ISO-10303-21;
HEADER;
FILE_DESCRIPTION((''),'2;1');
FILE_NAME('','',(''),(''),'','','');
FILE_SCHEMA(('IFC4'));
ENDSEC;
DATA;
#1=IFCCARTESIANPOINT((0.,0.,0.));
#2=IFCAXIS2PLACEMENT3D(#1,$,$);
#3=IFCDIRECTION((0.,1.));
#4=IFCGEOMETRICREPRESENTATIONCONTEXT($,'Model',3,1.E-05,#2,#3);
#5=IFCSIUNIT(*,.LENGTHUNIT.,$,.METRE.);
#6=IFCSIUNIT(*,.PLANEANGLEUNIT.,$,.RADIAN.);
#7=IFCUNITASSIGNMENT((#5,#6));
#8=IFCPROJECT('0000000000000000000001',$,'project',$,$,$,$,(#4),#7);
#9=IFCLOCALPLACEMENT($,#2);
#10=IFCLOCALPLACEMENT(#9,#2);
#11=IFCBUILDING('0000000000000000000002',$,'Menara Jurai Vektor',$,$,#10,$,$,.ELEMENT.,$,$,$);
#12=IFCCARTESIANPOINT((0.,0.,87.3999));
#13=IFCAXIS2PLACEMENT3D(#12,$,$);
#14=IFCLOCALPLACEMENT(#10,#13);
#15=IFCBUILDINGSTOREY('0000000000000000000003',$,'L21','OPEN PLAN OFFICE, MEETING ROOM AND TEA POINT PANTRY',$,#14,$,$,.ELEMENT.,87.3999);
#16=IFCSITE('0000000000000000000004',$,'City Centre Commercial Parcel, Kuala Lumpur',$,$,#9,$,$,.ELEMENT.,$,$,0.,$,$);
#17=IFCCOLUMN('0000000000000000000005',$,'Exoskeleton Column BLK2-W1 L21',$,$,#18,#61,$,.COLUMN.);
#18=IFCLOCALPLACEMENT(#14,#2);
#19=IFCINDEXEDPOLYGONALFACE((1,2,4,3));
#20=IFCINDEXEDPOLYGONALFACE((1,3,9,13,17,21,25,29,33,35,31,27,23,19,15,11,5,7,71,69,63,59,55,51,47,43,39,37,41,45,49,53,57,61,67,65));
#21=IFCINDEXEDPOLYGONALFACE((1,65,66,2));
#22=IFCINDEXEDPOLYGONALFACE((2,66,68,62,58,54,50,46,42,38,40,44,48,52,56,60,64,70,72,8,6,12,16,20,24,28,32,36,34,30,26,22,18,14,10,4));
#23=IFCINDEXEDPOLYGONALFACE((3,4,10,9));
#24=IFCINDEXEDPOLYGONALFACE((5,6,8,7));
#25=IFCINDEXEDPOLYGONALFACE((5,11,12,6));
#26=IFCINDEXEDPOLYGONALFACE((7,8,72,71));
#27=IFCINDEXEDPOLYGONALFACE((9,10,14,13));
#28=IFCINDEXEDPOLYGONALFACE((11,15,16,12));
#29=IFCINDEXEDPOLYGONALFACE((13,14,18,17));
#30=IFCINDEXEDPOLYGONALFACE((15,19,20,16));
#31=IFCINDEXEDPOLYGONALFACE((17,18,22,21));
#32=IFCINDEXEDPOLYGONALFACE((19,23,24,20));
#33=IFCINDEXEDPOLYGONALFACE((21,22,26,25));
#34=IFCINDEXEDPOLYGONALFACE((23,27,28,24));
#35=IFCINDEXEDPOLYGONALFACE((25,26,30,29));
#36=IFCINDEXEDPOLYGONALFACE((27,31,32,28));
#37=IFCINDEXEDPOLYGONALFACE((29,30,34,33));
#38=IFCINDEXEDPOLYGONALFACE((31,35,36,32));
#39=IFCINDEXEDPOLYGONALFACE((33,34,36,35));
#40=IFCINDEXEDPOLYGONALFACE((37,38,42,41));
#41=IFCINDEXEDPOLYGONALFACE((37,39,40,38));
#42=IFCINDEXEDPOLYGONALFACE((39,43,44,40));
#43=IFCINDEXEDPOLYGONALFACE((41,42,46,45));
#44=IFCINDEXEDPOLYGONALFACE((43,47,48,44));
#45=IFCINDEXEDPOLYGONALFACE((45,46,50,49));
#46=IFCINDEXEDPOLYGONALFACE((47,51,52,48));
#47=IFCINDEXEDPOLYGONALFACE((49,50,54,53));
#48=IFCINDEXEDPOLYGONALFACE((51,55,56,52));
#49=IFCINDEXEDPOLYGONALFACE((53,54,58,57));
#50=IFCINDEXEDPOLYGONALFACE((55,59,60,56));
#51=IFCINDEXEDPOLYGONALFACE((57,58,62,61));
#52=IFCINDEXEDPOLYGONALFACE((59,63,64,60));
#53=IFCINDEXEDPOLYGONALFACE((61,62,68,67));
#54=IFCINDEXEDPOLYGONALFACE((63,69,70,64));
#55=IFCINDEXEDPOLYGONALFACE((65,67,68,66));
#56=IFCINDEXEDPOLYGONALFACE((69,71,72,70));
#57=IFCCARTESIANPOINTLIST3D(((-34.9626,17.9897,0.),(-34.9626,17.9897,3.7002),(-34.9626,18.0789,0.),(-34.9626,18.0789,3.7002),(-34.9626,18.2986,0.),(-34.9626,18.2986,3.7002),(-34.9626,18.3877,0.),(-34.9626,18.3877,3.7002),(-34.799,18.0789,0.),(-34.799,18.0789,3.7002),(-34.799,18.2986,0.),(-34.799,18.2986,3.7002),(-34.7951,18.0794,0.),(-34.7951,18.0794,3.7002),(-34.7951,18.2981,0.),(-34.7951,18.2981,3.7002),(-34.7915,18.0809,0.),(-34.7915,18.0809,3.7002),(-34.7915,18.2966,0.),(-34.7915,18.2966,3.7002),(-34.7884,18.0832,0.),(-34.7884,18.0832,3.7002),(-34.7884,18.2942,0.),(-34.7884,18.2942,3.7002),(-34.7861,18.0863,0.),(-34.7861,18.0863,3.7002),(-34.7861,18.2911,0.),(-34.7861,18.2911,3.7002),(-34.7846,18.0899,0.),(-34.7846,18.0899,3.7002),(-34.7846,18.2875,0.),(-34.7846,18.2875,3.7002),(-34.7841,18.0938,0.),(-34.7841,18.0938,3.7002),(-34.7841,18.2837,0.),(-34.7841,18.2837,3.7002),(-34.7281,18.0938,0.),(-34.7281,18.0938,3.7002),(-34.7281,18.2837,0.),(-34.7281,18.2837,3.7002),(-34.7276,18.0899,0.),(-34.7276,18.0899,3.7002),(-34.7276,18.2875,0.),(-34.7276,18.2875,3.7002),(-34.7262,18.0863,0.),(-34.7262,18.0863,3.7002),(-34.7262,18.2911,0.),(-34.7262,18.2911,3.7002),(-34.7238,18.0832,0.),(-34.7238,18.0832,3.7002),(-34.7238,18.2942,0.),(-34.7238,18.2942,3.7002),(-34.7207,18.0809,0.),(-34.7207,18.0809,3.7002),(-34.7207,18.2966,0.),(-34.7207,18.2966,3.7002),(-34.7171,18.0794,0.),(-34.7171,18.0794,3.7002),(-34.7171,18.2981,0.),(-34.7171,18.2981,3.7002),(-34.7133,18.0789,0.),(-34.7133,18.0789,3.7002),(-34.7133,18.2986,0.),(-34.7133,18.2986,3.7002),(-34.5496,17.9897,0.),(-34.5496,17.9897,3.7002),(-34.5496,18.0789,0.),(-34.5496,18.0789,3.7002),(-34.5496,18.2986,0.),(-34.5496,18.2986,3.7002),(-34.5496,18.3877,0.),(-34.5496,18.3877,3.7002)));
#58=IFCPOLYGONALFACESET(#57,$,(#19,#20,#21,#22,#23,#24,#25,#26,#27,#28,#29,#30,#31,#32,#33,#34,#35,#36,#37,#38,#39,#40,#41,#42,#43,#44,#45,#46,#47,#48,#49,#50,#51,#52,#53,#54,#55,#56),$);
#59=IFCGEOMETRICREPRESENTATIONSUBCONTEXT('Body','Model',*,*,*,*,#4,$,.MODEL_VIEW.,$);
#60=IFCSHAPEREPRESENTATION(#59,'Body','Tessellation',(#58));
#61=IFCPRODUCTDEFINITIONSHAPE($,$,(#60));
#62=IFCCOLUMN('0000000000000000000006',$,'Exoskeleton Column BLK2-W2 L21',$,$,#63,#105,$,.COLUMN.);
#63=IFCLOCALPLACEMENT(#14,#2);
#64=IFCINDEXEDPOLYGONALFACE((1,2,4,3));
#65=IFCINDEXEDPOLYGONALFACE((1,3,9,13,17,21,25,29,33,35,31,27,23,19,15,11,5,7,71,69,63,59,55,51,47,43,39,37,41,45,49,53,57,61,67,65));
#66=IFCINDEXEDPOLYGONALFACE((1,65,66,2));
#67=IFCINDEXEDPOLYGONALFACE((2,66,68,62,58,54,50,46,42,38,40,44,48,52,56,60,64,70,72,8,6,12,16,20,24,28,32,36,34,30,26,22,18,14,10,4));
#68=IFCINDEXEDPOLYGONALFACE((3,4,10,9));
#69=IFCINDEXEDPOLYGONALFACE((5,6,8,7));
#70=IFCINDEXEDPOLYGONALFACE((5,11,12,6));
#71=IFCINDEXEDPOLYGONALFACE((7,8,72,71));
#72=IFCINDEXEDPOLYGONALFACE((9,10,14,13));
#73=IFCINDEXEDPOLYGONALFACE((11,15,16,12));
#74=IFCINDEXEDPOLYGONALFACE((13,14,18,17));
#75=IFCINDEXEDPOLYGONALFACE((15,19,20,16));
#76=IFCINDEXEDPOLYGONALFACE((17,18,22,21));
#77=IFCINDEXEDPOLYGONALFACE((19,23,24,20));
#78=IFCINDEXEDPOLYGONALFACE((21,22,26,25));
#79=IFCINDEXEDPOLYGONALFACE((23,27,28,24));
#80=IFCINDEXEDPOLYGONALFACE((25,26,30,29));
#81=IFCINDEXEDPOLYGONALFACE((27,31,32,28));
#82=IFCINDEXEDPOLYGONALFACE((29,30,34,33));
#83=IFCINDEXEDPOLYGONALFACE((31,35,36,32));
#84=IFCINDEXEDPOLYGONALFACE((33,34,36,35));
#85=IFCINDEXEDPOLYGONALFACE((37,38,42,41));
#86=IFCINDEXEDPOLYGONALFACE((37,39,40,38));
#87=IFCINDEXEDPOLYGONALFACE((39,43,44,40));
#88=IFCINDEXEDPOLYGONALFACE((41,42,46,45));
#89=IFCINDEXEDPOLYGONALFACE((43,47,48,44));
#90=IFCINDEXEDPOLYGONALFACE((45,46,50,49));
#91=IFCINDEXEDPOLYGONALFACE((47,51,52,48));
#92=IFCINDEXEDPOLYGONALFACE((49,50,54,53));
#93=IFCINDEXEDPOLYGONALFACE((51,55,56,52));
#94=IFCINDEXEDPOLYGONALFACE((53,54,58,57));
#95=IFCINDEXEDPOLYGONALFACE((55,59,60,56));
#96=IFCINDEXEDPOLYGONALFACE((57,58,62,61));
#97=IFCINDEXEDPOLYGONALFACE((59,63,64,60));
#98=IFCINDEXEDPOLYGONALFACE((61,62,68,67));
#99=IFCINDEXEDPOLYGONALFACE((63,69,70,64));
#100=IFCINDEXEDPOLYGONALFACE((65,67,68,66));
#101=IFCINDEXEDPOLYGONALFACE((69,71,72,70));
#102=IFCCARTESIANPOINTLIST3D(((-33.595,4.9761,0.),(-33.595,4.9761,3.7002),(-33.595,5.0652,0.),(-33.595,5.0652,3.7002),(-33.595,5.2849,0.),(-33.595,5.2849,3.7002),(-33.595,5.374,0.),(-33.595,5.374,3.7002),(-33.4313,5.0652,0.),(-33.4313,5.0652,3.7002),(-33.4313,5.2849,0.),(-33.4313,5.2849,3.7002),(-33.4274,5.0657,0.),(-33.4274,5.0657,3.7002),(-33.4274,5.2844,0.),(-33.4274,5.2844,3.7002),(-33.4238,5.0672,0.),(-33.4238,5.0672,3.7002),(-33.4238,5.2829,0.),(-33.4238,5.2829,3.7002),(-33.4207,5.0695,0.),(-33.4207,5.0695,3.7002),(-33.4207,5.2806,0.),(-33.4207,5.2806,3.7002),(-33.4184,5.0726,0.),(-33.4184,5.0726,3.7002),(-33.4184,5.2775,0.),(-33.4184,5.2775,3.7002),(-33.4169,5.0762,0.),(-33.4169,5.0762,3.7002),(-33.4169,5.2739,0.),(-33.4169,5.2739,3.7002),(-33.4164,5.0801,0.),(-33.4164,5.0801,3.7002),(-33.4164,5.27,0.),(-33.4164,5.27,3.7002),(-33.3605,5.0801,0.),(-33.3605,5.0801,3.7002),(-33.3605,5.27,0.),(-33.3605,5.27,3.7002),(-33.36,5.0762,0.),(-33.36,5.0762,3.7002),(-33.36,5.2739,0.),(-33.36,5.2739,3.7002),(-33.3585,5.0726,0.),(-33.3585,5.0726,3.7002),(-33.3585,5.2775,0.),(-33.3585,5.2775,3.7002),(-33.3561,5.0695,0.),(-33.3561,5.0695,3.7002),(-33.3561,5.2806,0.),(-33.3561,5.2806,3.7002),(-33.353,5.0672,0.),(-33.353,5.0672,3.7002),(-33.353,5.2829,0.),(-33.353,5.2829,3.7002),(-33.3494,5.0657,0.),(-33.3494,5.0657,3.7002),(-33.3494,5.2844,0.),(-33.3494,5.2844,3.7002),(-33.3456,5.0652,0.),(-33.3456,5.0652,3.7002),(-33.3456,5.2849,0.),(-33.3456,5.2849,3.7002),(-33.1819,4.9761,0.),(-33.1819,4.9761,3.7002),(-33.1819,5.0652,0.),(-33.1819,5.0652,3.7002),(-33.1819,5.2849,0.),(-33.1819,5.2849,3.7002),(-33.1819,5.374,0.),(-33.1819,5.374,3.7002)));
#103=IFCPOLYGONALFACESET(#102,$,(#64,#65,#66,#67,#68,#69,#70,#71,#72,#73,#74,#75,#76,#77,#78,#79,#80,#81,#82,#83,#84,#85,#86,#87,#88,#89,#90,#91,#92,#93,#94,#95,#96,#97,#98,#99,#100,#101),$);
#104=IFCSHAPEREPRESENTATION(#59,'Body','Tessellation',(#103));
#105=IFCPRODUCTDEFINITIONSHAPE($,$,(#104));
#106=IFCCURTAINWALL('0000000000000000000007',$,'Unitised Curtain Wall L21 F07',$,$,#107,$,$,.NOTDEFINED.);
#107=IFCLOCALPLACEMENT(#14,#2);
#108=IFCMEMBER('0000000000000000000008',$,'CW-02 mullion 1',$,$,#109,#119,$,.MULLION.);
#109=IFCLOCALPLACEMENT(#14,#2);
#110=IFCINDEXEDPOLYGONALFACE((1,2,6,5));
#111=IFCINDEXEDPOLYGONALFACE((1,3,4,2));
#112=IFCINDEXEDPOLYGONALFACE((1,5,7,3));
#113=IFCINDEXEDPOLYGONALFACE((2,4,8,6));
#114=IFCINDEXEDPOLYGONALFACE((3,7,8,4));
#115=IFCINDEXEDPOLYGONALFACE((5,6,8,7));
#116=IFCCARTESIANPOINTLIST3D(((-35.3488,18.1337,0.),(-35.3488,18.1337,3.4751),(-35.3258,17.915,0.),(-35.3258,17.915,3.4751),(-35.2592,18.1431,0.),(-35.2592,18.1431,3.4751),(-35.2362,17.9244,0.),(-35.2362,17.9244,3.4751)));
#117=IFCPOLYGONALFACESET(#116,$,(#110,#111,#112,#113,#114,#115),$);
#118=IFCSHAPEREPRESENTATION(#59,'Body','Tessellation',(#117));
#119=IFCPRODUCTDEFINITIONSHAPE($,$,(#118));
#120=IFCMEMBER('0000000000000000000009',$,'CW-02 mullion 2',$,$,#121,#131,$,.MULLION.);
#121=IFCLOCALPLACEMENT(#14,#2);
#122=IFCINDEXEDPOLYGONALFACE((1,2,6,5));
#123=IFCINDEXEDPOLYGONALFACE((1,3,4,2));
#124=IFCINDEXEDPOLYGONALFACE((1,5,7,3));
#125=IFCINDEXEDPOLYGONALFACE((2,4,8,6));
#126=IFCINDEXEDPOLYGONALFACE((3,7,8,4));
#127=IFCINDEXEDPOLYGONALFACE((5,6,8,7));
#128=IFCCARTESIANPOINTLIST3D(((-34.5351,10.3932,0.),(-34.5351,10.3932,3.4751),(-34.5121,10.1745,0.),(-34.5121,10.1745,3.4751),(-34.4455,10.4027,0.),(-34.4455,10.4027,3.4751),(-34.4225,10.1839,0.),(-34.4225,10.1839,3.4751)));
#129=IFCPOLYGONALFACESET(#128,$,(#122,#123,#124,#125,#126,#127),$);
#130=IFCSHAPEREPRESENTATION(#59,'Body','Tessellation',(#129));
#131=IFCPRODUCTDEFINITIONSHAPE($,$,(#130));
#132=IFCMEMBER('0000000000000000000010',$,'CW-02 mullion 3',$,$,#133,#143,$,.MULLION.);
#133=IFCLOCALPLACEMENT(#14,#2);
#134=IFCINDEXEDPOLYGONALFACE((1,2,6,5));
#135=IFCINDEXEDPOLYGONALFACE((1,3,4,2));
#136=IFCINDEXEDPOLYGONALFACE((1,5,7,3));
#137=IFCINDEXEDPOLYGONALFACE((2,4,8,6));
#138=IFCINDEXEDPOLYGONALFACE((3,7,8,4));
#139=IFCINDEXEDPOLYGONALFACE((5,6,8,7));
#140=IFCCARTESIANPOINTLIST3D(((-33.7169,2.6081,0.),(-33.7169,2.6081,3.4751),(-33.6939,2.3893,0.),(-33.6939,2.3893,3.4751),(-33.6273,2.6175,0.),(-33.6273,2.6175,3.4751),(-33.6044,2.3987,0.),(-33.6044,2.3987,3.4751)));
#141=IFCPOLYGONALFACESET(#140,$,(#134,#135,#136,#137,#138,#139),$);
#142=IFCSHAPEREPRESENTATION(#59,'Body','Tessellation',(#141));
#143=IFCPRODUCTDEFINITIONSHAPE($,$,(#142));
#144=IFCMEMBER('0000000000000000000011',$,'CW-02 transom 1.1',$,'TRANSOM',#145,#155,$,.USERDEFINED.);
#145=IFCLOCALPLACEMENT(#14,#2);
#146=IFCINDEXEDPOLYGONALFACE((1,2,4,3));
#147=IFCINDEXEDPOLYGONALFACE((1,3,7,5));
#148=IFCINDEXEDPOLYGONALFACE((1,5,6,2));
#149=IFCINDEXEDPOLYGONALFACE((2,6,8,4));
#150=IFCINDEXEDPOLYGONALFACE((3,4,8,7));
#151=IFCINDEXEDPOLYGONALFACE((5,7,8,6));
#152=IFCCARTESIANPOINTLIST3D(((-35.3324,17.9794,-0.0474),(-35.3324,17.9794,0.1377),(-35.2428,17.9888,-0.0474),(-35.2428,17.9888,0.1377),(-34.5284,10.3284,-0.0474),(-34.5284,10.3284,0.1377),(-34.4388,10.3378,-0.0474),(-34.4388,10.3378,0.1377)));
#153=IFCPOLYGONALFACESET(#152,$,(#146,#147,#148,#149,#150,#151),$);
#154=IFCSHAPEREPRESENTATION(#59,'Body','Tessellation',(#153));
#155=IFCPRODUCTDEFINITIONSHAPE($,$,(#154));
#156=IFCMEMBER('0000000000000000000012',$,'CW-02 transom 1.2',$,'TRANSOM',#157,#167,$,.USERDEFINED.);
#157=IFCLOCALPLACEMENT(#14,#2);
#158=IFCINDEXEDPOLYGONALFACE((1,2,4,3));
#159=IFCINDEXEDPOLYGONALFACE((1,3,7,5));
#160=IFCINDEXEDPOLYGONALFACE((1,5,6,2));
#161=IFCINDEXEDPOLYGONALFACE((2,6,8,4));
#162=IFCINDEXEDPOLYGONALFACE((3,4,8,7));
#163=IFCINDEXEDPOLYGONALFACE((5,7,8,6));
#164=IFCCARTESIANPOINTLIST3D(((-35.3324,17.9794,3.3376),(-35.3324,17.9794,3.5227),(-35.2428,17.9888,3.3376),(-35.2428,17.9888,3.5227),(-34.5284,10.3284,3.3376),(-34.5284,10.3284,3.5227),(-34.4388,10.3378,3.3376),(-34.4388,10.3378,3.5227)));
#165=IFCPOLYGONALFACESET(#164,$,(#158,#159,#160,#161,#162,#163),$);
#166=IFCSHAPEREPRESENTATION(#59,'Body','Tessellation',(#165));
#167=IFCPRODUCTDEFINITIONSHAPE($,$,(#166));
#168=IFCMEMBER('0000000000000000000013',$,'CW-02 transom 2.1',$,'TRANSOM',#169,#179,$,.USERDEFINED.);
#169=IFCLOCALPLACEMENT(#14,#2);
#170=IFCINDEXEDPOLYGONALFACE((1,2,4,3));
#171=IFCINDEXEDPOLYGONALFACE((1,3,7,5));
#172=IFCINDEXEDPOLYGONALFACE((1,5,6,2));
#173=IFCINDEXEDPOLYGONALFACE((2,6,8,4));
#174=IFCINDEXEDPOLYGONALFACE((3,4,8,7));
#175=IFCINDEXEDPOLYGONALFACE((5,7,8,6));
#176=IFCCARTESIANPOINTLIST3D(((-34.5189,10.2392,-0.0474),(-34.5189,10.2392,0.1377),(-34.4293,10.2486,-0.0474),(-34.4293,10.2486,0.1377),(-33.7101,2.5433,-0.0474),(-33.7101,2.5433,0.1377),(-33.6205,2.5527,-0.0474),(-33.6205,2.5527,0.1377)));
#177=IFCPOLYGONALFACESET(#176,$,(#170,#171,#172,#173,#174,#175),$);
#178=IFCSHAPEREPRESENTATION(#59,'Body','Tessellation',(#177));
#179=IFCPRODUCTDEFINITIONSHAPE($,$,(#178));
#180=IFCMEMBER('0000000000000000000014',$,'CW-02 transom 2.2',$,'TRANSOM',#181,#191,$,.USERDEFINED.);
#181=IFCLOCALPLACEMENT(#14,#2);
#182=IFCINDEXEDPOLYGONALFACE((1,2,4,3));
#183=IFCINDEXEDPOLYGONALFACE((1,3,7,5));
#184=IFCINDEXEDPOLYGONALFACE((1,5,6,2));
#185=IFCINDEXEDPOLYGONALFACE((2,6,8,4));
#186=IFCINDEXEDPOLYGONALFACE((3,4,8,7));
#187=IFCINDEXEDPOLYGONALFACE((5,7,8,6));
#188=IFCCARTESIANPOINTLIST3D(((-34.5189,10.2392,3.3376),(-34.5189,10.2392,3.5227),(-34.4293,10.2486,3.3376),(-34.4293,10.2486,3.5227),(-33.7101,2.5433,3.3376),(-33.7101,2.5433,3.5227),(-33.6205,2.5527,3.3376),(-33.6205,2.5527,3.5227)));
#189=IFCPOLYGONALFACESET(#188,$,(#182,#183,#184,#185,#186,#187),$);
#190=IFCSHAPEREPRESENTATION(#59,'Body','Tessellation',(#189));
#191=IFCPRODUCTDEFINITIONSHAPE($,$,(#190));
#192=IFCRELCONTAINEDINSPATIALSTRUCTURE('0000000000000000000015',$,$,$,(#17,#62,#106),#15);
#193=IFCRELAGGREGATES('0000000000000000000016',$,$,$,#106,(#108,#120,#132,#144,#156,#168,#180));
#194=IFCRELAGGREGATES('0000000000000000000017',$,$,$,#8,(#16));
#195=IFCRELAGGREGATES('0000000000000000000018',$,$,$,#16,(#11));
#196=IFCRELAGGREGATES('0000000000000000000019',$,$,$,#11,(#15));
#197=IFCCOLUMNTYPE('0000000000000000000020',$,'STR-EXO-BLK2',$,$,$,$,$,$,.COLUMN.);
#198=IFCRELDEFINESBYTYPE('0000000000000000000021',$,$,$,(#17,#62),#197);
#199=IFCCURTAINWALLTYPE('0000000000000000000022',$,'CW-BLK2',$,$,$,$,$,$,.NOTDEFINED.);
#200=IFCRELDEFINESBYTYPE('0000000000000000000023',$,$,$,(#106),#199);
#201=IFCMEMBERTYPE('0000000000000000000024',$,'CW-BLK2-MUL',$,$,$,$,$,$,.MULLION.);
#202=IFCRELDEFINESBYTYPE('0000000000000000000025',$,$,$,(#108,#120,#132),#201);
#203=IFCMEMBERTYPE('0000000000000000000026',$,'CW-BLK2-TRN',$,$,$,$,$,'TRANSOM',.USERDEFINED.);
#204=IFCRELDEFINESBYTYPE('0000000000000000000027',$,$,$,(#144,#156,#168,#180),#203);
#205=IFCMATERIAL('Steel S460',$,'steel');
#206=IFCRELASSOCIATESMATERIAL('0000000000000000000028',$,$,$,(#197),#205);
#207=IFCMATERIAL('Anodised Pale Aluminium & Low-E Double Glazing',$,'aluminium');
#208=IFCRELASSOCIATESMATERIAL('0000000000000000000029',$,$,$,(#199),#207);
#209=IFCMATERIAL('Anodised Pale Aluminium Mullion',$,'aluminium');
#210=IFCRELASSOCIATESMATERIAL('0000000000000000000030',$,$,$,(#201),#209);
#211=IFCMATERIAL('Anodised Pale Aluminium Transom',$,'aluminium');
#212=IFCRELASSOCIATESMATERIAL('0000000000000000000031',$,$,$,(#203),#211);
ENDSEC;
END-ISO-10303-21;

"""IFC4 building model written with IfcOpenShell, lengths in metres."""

from ifc_helpers import new_model, si_unit, direction, frame, origin, origin_2d, place, context, subcontext, project, spatial, rectangle, i_section, extrude, material, material_profile, profile_set, type_object, element, aggregate, save


model = new_model("IFC4")

# Units and contexts
model_context = context("Model", 3, precision=1e-05, world=origin(), true_north=direction((0.0, 1.0)))
body_context = subcontext(model_context, "Body", "Model", "MODEL_VIEW")
ifc_project = project(units=[si_unit("LENGTHUNIT", "METRE"), si_unit("PLANEANGLEUNIT", "RADIAN")], contexts=[model_context])

# Site, building, storey
site_placement = place(None, origin())
site = spatial("IfcSite", under=ifc_project, at=site_placement, Name="City Centre Commercial Parcel, Kuala Lumpur", CompositionType="ELEMENT", RefElevation=0.0)
building_placement = place(site_placement, origin())
building = spatial("IfcBuilding", under=site, at=building_placement, Name="Menara Jurai Vektor", CompositionType="ELEMENT")
storey_placement = place(building_placement, frame((0.0, 0.0, 87.3999)))
storey = spatial("IfcBuildingStorey", under=building, at=storey_placement, Name="L21", Description="OPEN PLAN OFFICE, MEETING ROOM AND TEA POINT PANTRY", CompositionType="ELEMENT", Elevation=87.3999)

# Columns
ifc_material_1 = material(Name="Steel S460", Category="steel")
ifc_material_profile_1 = material_profile(ifc_material_1, i_section(OverallWidth=0.4131, OverallDepth=0.3979, WebThickness=0.0559, FlangeThickness=0.0891, FilletRadius=0.0149, at=origin_2d()), Name="HD 400x744")
ifc_profile_set_1 = profile_set([ifc_material_profile_1], Name="Steel S460")
column_type = type_object("IfcColumnType", Name="STR-EXO-BLK2", PredefinedType="COLUMN", material=ifc_profile_set_1)
for number, where, z_axis, x_axis, name in (
    (1, (-34.7561, 18.1887, 0.0), (0.0, 0.0, 1.0), (1.0, 0.0, 0.0), "Exoskeleton Column BLK2-W1 L21"),
    (2, (-33.3884, 5.175, 0.0), (0.0, 0.0, 1.0), (1.0, 0.0, 0.0), "Exoskeleton Column BLK2-W2 L21"),
):
    element("IfcColumn", number, at=place(storey_placement, frame(where, z_axis=z_axis, x_axis=x_axis)), inside=storey, type_object=column_type, Name=name, PredefinedType="COLUMN", context=body_context, shape_type="SweptSolid", body=[
        extrude(i_section(OverallWidth=0.4131, OverallDepth=0.3979, WebThickness=0.0559, FlangeThickness=0.0891, FilletRadius=0.0149, at=origin_2d()), origin(), (0.0, 0.0, 1.0), 3.7002),
    ])

# Curtain wall, members
ifc_material_2 = material(Name="Anodised Pale Aluminium & Low-E Double Glazing", Category="aluminium")
curtain_wall_type = type_object("IfcCurtainWallType", Name="CW-BLK2", PredefinedType="NOTDEFINED", material=ifc_material_2)
curtain_wall_placement = place(storey_placement, origin())
curtain_wall = element("IfcCurtainWall", 3, at=curtain_wall_placement, inside=storey, type_object=curtain_wall_type, Name="Unitised Curtain Wall L21 F07", PredefinedType="NOTDEFINED")
ifc_material_3 = material(Name="Anodised Pale Aluminium Mullion", Category="aluminium")
ifc_material_profile_2 = material_profile(ifc_material_3, rectangle(XDim=0.0901, YDim=0.22, at=origin_2d()), Name="ALU MUL 90x220")
ifc_profile_set_2 = profile_set([ifc_material_profile_2], Name="Anodised Pale Aluminium Mullion")
member_type_1 = type_object("IfcMemberType", Name="CW-BLK2-MUL", PredefinedType="MULLION", material=ifc_profile_set_2)
member_1_placement = place(storey_placement, frame((-35.2925, 18.0291, 0.0), z_axis=(0.0, 0.0, 1.0), x_axis=(0.994522, 0.10453, 0.0)))
member_1 = element("IfcMember", 4, at=member_1_placement, type_object=member_type_1, Name="CW-02 mullion 1", PredefinedType="MULLION", context=body_context, shape_type="SweptSolid", body=[
    extrude(rectangle(XDim=0.0901, YDim=0.22, at=origin_2d()), origin(), (0.0, 0.0, 1.0), 3.4751),
])
member_2_placement = place(storey_placement, frame((-34.4788, 10.2886, 0.0), z_axis=(0.0, 0.0, 1.0), x_axis=(0.994522, 0.10453, 0.0)))
member_2 = element("IfcMember", 5, at=member_2_placement, type_object=member_type_1, Name="CW-02 mullion 2", PredefinedType="MULLION", context=body_context, shape_type="SweptSolid", body=[
    extrude(rectangle(XDim=0.0901, YDim=0.22, at=origin_2d()), origin(), (0.0, 0.0, 1.0), 3.4751),
])
member_3_placement = place(storey_placement, frame((-33.6606, 2.5034, 0.0), z_axis=(0.0, 0.0, 1.0), x_axis=(0.994522, 0.10453, 0.0)))
member_3 = element("IfcMember", 6, at=member_3_placement, type_object=member_type_1, Name="CW-02 mullion 3", PredefinedType="MULLION", context=body_context, shape_type="SweptSolid", body=[
    extrude(rectangle(XDim=0.0901, YDim=0.22, at=origin_2d()), origin(), (0.0, 0.0, 1.0), 3.4751),
])
ifc_material_4 = material(Name="Anodised Pale Aluminium Transom", Category="aluminium")
ifc_material_profile_3 = material_profile(ifc_material_4, rectangle(XDim=0.0901, YDim=0.1851, at=origin_2d()), Name="ALU TRN 90x185")
ifc_profile_set_3 = profile_set([ifc_material_profile_3], Name="Anodised Pale Aluminium Transom")
member_type_2 = type_object("IfcMemberType", Name="CW-BLK2-TRN", ElementType="TRANSOM", PredefinedType="USERDEFINED", material=ifc_profile_set_3)
member_4_placement = place(storey_placement, frame((-35.2876, 17.9841, 0.0452), z_axis=(0.104505, -0.994524, 0.0), x_axis=(0.994524, 0.104505, 0.0)))
member_4 = element("IfcMember", 7, at=member_4_placement, type_object=member_type_2, Name="CW-02 transom 1.1", ObjectType="TRANSOM", PredefinedType="USERDEFINED", context=body_context, shape_type="SweptSolid", body=[
    extrude(rectangle(XDim=0.0901, YDim=0.1851, at=origin_2d()), origin(), (0.0, 0.0, 1.0), 7.6931),
])
member_5_placement = place(storey_placement, frame((-35.2876, 17.9841, 3.4302), z_axis=(0.104505, -0.994524, 0.0), x_axis=(0.994524, 0.104505, 0.0)))
member_5 = element("IfcMember", 8, at=member_5_placement, type_object=member_type_2, Name="CW-02 transom 1.2", ObjectType="TRANSOM", PredefinedType="USERDEFINED", context=body_context, shape_type="SweptSolid", body=[
    extrude(rectangle(XDim=0.0901, YDim=0.1851, at=origin_2d()), origin(), (0.0, 0.0, 1.0), 7.6931),
])
member_6_placement = place(storey_placement, frame((-34.4741, 10.2439, 0.0452), z_axis=(0.104525, -0.994522, 0.0), x_axis=(0.994522, 0.104525, 0.0)))
member_6 = element("IfcMember", 9, at=member_6_placement, type_object=member_type_2, Name="CW-02 transom 2.1", ObjectType="TRANSOM", PredefinedType="USERDEFINED", context=body_context, shape_type="SweptSolid", body=[
    extrude(rectangle(XDim=0.0901, YDim=0.1851, at=origin_2d()), origin(), (0.0, 0.0, 1.0), 7.7383),
])
member_7_placement = place(storey_placement, frame((-34.4741, 10.2439, 3.4302), z_axis=(0.104525, -0.994522, 0.0), x_axis=(0.994522, 0.104525, 0.0)))
member_7 = element("IfcMember", 10, at=member_7_placement, type_object=member_type_2, Name="CW-02 transom 2.2", ObjectType="TRANSOM", PredefinedType="USERDEFINED", context=body_context, shape_type="SweptSolid", body=[
    extrude(rectangle(XDim=0.0901, YDim=0.1851, at=origin_2d()), origin(), (0.0, 0.0, 1.0), 7.7383),
])

aggregate(curtain_wall, [member_1, member_2, member_3, member_4, member_5, member_6, member_7])

save(model, "model.ifc")
